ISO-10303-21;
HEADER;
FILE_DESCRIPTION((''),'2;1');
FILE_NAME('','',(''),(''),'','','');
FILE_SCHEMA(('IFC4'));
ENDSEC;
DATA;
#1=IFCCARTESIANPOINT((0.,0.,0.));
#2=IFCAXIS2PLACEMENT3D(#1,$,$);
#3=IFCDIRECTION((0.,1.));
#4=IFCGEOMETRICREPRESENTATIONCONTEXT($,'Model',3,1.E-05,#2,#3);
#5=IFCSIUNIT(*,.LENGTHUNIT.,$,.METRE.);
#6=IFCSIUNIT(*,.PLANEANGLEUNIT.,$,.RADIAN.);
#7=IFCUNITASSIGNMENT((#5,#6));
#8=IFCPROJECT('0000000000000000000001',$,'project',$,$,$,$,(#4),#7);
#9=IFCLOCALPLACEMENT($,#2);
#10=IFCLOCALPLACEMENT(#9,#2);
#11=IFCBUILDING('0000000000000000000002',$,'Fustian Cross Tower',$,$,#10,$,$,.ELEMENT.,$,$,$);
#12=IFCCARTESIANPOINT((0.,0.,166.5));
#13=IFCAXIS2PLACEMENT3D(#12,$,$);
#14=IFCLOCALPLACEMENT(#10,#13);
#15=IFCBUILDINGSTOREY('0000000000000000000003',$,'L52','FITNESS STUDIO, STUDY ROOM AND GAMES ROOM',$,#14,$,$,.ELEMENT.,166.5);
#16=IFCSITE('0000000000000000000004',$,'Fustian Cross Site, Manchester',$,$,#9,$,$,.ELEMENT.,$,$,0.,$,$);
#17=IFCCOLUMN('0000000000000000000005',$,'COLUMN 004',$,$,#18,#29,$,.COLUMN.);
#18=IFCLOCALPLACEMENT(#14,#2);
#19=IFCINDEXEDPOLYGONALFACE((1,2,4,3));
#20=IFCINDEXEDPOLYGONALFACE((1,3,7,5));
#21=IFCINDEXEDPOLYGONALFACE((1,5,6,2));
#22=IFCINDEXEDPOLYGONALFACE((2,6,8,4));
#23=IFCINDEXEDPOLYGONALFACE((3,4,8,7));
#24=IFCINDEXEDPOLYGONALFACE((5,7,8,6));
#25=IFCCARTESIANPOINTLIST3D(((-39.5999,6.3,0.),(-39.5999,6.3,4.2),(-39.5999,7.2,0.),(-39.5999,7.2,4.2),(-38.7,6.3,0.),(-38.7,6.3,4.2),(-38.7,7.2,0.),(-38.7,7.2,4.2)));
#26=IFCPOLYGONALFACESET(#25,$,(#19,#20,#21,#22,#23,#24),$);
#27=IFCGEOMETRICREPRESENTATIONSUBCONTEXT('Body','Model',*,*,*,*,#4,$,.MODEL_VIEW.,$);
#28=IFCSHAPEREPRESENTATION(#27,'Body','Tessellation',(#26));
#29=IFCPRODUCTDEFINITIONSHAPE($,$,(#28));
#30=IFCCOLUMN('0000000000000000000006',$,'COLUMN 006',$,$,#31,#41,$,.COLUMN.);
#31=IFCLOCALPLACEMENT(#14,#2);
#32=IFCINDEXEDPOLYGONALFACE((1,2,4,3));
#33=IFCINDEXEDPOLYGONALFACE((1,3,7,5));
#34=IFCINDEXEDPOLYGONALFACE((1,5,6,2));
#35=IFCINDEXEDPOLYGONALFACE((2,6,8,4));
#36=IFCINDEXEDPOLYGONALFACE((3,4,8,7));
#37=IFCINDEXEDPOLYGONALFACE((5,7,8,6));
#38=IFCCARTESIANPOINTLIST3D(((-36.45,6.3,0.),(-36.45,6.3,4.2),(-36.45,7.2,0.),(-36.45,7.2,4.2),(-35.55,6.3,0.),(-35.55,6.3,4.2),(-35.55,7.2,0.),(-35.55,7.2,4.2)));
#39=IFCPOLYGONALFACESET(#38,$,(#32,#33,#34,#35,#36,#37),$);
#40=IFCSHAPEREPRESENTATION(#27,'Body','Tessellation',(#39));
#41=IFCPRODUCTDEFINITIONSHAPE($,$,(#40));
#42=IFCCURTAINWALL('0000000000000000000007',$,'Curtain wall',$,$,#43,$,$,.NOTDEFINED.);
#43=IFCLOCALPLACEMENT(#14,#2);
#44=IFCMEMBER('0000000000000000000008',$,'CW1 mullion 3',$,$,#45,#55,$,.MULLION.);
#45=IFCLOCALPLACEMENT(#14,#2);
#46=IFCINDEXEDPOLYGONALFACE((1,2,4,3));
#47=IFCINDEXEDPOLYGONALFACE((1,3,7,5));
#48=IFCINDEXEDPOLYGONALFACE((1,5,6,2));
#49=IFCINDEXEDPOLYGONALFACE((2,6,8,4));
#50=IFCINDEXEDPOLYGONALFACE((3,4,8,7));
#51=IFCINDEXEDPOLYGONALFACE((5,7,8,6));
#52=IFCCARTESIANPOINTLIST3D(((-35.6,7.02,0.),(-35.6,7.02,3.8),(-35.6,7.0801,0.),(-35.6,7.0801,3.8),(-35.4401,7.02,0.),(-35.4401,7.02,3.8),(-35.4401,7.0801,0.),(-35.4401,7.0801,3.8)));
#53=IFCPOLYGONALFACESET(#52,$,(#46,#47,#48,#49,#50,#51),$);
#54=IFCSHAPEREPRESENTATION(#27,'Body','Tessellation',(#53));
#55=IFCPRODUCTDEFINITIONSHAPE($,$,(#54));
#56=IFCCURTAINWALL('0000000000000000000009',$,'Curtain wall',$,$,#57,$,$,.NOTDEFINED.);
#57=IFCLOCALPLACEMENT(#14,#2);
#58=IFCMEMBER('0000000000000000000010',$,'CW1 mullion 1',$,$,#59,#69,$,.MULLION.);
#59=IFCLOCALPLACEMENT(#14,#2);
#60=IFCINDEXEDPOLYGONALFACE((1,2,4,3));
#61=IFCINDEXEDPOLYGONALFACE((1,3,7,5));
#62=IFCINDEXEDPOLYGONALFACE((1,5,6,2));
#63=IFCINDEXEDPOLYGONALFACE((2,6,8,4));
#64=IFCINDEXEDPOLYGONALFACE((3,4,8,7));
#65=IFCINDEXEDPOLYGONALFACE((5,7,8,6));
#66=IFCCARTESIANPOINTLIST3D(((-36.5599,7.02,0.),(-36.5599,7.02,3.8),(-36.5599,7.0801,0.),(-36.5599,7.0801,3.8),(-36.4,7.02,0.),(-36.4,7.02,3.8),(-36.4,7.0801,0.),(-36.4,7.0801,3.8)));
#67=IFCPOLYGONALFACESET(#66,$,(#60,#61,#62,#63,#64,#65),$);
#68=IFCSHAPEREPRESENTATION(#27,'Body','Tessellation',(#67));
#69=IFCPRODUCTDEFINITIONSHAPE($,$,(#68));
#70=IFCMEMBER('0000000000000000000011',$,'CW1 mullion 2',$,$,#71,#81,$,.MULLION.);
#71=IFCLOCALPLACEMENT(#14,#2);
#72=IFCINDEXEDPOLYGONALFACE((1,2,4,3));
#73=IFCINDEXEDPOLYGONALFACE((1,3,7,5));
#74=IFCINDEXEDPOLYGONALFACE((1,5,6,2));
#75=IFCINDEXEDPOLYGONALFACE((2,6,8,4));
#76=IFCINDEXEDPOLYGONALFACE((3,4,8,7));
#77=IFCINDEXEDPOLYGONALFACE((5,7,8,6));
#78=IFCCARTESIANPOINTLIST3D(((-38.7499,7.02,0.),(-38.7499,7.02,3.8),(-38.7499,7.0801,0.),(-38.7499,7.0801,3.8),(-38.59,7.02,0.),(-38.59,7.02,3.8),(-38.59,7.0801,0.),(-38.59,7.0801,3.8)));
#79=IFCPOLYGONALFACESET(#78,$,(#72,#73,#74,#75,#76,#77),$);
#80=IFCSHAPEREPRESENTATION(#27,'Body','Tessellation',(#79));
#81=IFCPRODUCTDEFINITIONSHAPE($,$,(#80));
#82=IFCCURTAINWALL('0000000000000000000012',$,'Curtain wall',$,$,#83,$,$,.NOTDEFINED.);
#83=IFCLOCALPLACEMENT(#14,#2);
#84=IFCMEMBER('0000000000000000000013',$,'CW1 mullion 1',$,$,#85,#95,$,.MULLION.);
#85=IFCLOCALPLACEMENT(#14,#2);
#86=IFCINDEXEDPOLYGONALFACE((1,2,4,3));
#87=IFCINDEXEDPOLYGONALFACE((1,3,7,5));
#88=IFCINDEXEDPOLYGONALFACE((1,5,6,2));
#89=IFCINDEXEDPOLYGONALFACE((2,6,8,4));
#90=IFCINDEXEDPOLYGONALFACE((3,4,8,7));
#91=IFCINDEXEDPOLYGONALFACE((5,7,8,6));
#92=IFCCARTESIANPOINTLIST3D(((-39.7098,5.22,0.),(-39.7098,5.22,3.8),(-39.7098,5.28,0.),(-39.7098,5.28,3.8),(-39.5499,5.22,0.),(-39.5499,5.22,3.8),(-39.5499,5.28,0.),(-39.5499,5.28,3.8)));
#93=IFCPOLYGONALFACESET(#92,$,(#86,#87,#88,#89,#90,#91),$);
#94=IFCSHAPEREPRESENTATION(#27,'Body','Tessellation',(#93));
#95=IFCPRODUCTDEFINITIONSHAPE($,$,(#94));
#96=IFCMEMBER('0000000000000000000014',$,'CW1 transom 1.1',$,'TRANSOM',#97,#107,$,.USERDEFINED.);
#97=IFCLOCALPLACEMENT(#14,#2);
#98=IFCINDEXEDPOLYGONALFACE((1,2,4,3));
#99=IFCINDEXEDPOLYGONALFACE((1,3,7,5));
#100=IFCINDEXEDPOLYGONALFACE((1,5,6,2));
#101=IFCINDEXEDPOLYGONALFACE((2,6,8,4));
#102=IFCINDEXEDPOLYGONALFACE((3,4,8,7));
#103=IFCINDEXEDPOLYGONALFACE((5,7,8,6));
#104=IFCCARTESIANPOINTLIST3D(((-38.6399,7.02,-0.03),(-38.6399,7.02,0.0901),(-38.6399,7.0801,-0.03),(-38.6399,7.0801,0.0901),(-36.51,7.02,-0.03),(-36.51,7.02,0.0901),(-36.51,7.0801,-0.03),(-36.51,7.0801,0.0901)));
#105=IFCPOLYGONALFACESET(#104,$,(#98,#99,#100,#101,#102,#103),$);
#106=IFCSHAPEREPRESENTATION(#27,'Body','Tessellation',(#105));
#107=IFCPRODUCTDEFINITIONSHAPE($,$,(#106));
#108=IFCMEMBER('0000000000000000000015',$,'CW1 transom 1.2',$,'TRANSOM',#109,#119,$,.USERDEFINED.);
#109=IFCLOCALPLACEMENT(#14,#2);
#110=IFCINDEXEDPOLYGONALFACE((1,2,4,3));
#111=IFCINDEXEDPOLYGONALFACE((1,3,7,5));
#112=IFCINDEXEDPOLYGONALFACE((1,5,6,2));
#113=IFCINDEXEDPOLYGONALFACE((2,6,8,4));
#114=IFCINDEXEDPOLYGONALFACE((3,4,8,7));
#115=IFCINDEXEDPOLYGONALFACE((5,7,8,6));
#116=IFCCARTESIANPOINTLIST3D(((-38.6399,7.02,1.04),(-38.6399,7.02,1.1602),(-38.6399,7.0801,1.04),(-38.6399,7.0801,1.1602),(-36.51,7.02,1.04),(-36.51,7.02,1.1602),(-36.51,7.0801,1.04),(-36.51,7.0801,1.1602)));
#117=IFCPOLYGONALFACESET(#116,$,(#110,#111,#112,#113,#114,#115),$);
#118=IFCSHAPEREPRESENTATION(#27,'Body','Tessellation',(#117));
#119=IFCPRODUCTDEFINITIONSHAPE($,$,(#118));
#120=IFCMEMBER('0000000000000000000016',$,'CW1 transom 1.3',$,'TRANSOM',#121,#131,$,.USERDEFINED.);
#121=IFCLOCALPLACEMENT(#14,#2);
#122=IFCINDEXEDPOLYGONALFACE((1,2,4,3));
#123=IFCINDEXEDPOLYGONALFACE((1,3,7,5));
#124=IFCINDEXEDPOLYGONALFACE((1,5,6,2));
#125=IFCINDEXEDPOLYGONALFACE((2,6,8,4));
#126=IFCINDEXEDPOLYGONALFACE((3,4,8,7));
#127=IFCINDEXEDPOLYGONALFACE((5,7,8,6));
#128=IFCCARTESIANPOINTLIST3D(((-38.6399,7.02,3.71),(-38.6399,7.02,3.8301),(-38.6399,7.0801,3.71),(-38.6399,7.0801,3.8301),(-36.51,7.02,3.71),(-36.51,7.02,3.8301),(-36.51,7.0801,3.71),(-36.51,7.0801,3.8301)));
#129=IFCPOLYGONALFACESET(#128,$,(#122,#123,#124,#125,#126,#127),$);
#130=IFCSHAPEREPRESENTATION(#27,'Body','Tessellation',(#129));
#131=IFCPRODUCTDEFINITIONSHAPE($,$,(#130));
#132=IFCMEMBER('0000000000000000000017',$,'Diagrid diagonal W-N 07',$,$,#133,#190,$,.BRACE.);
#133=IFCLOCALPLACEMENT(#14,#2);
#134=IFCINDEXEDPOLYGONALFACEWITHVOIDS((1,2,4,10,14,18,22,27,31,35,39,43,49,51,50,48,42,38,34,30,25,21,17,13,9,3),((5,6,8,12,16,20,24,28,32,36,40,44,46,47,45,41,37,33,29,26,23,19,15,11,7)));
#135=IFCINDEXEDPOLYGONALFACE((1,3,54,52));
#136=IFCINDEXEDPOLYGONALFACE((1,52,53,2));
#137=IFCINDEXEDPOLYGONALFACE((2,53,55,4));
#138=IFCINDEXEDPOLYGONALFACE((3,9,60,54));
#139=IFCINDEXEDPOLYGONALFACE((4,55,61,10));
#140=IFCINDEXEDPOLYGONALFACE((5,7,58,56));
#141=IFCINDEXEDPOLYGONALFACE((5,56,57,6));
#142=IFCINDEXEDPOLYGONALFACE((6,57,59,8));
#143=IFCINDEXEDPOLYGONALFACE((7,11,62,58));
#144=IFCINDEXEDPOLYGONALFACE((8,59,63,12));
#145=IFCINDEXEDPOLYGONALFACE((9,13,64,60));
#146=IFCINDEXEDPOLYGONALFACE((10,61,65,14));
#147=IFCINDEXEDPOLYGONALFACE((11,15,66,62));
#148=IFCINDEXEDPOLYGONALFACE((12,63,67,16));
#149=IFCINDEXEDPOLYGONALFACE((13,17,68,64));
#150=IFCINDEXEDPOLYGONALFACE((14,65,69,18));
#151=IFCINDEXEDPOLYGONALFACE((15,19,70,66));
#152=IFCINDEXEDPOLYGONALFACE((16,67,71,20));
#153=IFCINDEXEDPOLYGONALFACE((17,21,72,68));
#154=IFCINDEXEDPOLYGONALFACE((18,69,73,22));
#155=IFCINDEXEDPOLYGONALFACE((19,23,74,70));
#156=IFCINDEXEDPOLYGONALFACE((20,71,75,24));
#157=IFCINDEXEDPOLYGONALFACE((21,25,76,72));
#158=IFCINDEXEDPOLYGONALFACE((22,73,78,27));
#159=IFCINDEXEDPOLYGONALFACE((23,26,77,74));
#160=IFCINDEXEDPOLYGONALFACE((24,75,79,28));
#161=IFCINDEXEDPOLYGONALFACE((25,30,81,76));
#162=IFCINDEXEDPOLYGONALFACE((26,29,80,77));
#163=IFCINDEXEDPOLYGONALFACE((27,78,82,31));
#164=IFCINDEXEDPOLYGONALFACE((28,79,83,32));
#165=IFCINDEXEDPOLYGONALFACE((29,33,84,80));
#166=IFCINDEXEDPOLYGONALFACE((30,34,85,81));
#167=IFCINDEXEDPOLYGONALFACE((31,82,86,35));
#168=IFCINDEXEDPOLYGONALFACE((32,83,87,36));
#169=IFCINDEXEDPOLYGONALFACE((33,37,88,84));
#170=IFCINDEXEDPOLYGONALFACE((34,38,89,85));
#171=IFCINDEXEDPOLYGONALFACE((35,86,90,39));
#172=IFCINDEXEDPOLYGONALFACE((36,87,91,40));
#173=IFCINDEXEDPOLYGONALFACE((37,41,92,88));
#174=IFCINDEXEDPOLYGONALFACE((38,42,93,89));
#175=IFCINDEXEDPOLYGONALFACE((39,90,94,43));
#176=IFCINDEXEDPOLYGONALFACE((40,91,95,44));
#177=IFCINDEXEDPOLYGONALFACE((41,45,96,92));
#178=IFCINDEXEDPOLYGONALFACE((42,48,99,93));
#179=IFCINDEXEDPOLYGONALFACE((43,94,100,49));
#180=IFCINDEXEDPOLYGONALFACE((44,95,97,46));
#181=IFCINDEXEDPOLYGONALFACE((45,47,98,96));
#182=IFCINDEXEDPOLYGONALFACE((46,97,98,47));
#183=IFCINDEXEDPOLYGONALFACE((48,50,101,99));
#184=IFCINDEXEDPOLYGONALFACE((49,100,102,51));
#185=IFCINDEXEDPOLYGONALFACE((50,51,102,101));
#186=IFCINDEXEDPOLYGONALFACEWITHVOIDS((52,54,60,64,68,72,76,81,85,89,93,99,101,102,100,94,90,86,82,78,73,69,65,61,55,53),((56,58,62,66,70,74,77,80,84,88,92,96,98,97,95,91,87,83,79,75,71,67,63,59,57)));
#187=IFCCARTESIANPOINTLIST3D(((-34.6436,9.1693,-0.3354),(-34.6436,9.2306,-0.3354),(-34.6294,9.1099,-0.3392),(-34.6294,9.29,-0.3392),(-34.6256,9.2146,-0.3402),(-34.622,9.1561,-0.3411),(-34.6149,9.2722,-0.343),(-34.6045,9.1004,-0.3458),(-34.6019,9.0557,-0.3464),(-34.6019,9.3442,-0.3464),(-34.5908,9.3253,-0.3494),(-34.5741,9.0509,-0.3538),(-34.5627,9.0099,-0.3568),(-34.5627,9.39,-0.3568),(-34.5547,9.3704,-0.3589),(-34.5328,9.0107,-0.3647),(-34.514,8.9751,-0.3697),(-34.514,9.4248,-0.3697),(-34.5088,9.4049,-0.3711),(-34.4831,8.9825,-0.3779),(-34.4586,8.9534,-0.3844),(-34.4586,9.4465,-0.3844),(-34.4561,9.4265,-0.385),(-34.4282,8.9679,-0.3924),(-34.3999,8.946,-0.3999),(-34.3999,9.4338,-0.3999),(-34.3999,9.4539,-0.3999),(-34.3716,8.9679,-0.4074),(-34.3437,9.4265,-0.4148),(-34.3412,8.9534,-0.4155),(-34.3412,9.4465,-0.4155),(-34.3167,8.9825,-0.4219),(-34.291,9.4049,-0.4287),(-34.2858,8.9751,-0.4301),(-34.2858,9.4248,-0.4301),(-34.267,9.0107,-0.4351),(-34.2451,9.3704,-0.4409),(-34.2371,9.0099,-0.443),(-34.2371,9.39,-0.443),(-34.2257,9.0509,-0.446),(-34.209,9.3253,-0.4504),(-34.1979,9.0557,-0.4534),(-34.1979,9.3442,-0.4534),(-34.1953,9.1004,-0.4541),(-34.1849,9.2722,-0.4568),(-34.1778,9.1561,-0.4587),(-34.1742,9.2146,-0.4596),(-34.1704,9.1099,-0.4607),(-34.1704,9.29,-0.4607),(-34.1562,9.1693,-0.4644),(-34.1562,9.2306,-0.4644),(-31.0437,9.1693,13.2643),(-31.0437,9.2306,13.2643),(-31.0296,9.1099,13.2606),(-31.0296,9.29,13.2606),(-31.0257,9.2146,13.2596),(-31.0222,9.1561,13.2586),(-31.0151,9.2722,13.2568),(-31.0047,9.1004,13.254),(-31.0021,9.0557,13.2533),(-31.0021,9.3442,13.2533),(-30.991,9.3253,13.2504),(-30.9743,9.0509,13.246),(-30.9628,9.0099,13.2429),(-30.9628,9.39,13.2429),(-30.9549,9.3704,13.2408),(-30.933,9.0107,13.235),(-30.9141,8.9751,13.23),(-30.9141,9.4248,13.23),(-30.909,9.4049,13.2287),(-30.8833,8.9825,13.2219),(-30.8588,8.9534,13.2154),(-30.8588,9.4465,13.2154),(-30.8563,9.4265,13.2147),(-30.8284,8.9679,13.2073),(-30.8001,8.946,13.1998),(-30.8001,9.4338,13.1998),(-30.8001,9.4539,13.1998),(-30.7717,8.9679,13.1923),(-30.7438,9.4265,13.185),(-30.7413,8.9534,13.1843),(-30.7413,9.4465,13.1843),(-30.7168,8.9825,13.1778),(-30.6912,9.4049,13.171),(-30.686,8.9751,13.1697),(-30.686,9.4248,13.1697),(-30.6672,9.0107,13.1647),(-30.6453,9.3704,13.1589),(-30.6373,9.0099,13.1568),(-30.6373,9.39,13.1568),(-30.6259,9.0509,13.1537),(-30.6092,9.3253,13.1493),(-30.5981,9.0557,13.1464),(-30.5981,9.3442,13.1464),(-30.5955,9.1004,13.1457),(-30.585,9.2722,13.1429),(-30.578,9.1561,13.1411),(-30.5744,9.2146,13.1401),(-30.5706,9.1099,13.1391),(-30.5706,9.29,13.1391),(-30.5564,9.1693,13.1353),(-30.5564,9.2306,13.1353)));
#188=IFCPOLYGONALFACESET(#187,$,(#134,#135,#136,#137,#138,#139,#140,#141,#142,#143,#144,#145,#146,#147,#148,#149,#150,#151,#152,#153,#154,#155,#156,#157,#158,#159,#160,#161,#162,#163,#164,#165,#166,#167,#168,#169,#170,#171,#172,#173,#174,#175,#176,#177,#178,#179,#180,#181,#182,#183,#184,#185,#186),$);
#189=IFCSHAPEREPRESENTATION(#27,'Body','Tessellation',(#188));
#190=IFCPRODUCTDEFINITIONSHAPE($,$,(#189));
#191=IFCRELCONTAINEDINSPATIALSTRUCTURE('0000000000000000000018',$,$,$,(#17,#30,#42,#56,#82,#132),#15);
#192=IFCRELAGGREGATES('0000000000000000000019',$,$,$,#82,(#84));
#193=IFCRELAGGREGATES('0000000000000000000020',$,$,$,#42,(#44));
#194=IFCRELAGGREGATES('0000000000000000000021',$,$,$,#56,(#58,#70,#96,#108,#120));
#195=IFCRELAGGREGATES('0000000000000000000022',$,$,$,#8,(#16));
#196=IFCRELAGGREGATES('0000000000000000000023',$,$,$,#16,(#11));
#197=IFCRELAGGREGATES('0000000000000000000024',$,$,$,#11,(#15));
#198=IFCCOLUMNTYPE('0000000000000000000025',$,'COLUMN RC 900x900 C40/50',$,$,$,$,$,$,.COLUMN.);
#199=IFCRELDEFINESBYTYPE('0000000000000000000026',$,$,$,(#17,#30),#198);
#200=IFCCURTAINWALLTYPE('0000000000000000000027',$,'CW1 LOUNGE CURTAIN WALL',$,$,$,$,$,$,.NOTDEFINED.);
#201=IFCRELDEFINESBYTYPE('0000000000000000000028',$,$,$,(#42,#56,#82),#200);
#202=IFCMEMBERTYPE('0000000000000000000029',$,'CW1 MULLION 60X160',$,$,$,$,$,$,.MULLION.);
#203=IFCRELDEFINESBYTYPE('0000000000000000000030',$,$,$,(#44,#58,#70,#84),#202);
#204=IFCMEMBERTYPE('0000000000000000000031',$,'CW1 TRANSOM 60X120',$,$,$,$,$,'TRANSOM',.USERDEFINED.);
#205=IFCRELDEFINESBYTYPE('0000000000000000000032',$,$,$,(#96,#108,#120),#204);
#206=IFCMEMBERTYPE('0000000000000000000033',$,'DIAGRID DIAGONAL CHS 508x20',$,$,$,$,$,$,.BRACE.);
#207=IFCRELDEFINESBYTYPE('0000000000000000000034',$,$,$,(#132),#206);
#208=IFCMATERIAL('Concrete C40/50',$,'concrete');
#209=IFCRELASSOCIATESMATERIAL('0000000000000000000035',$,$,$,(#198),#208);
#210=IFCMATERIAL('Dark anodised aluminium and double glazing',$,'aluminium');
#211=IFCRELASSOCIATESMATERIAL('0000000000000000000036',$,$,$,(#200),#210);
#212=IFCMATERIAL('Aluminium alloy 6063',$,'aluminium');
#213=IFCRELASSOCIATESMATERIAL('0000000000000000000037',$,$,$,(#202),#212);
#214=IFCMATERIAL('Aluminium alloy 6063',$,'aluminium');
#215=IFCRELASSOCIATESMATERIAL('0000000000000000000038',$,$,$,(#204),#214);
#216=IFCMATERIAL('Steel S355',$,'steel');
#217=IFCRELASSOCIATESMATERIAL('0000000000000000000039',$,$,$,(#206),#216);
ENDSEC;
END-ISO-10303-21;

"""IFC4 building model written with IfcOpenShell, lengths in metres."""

from ifc_helpers import new_model, si_unit, direction, frame, origin, origin_2d, place, context, subcontext, project, spatial, rectangle, hollow_circle, extrude, material, material_profile, profile_set, type_object, element, aggregate, save


model = new_model("IFC4")

# Units and contexts
model_context = context("Model", 3, precision=1e-05, world=origin(), true_north=direction((0.0, 1.0)))
body_context = subcontext(model_context, "Body", "Model", "MODEL_VIEW")
ifc_project = project(units=[si_unit("LENGTHUNIT", "METRE"), si_unit("PLANEANGLEUNIT", "RADIAN")], contexts=[model_context])

# Site, building, storey
site_placement = place(None, origin())
site = spatial("IfcSite", under=ifc_project, at=site_placement, Name="Fustian Cross Site, Manchester", CompositionType="ELEMENT", RefElevation=0.0)
building_placement = place(site_placement, origin())
building = spatial("IfcBuilding", under=site, at=building_placement, Name="Fustian Cross Tower", CompositionType="ELEMENT")
storey_placement = place(building_placement, frame((0.0, 0.0, 166.5)))
storey = spatial("IfcBuildingStorey", under=building, at=storey_placement, Name="L52", Description="FITNESS STUDIO, STUDY ROOM AND GAMES ROOM", CompositionType="ELEMENT", Elevation=166.5)

# Columns
ifc_material_1 = material(Name="Concrete C40/50", Category="concrete")
ifc_material_profile_1 = material_profile(ifc_material_1, rectangle(XDim=0.8999, YDim=0.8999, at=origin_2d()), Name="RC 900x900")
ifc_profile_set_1 = profile_set([ifc_material_profile_1], Name="Concrete C40/50")
column_type = type_object("IfcColumnType", Name="COLUMN RC 900x900 C40/50", PredefinedType="COLUMN", material=ifc_profile_set_1)
for number, where, z_axis, x_axis, name in (
    (1, (-39.1499, 6.75, 0.0), (0.0, 0.0, 1.0), (1.0, 0.0, 0.0), "COLUMN 004"),
    (2, (-36.0, 6.75, 0.0), (0.0, 0.0, 1.0), (1.0, 0.0, 0.0), "COLUMN 006"),
):
    element("IfcColumn", number, at=place(storey_placement, frame(where, z_axis=z_axis, x_axis=x_axis)), inside=storey, type_object=column_type, Name=name, PredefinedType="COLUMN", context=body_context, shape_type="SweptSolid", body=[
        extrude(rectangle(XDim=0.8999, YDim=0.8999, at=origin_2d()), origin(), (0.0, 0.0, 1.0), 4.2),
    ])

# Curtain wall, member
ifc_material_2 = material(Name="Dark anodised aluminium and double glazing", Category="aluminium")
curtain_wall_type = type_object("IfcCurtainWallType", Name="CW1 LOUNGE CURTAIN WALL", PredefinedType="NOTDEFINED", material=ifc_material_2)
curtain_wall_1_placement = place(storey_placement, origin())
curtain_wall_1 = element("IfcCurtainWall", 3, at=curtain_wall_1_placement, inside=storey, type_object=curtain_wall_type, Name="Curtain wall", PredefinedType="NOTDEFINED")
ifc_material_3 = material(Name="Aluminium alloy 6063", Category="aluminium")
ifc_material_profile_2 = material_profile(ifc_material_3, rectangle(XDim=0.0601, YDim=0.1599, at=origin_2d()), Name="CW1 MULLION 60X160")
ifc_profile_set_2 = profile_set([ifc_material_profile_2], Name="Aluminium alloy 6063")
member_type_1 = type_object("IfcMemberType", Name="CW1 MULLION 60X160", PredefinedType="MULLION", material=ifc_profile_set_2)
member_1_placement = place(storey_placement, frame((-35.52, 7.05, 0.0), z_axis=(0.0, 0.0, 1.0), x_axis=(0.0, -1.0, 0.0)))
member_1 = element("IfcMember", 4, at=member_1_placement, type_object=member_type_1, Name="CW1 mullion 3", PredefinedType="MULLION", context=body_context, shape_type="SweptSolid", body=[
    extrude(rectangle(XDim=0.0601, YDim=0.1599, at=origin_2d()), origin(), (0.0, 0.0, 1.0), 3.8),
])

# Curtain wall, members
curtain_wall_2_placement = place(storey_placement, origin())
curtain_wall_2 = element("IfcCurtainWall", 5, at=curtain_wall_2_placement, inside=storey, type_object=curtain_wall_type, Name="Curtain wall", PredefinedType="NOTDEFINED")
member_2_placement = place(storey_placement, frame((-36.48, 7.05, 0.0), z_axis=(0.0, 0.0, 1.0), x_axis=(0.0, -1.0, 0.0)))
member_2 = element("IfcMember", 6, at=member_2_placement, type_object=member_type_1, Name="CW1 mullion 1", PredefinedType="MULLION", context=body_context, shape_type="SweptSolid", body=[
    extrude(rectangle(XDim=0.0601, YDim=0.1599, at=origin_2d()), origin(), (0.0, 0.0, 1.0), 3.8),
])
member_3_placement = place(storey_placement, frame((-38.6699, 7.05, 0.0), z_axis=(0.0, 0.0, 1.0), x_axis=(0.0, -1.0, 0.0)))
member_3 = element("IfcMember", 7, at=member_3_placement, type_object=member_type_1, Name="CW1 mullion 2", PredefinedType="MULLION", context=body_context, shape_type="SweptSolid", body=[
    extrude(rectangle(XDim=0.0601, YDim=0.1599, at=origin_2d()), origin(), (0.0, 0.0, 1.0), 3.8),
])

# Curtain wall, member
curtain_wall_3_placement = place(storey_placement, origin())
curtain_wall_3 = element("IfcCurtainWall", 8, at=curtain_wall_3_placement, inside=storey, type_object=curtain_wall_type, Name="Curtain wall", PredefinedType="NOTDEFINED")
member_4_placement = place(storey_placement, frame((-39.6299, 5.25, 0.0), z_axis=(0.0, 0.0, 1.0), x_axis=(0.0, -1.0, 0.0)))
member_4 = element("IfcMember", 9, at=member_4_placement, type_object=member_type_1, Name="CW1 mullion 1", PredefinedType="MULLION", context=body_context, shape_type="SweptSolid", body=[
    extrude(rectangle(XDim=0.0601, YDim=0.1599, at=origin_2d()), origin(), (0.0, 0.0, 1.0), 3.8),
])
aggregate(curtain_wall_3, [member_4])

# Members
ifc_material_4 = material(Name="Aluminium alloy 6063", Category="aluminium")
ifc_material_profile_3 = material_profile(ifc_material_4, rectangle(XDim=0.0601, YDim=0.1201, at=origin_2d()), Name="CW1 TRANSOM 60X120")
ifc_profile_set_3 = profile_set([ifc_material_profile_3], Name="Aluminium alloy 6063")
member_type_2 = type_object("IfcMemberType", Name="CW1 TRANSOM 60X120", ElementType="TRANSOM", PredefinedType="USERDEFINED", material=ifc_profile_set_3)
member_5_placement = place(storey_placement, frame((-36.51, 7.05, 0.03), z_axis=(-1.0, 0.0, 0.0), x_axis=(0.0, -1.0, 0.0)))
member_5 = element("IfcMember", 10, at=member_5_placement, type_object=member_type_2, Name="CW1 transom 1.1", ObjectType="TRANSOM", PredefinedType="USERDEFINED", context=body_context, shape_type="SweptSolid", body=[
    extrude(rectangle(XDim=0.0601, YDim=0.1201, at=origin_2d()), origin(), (0.0, 0.0, 1.0), 2.1299),
])
member_6_placement = place(storey_placement, frame((-36.51, 7.05, 1.1001), z_axis=(-1.0, 0.0, 0.0), x_axis=(0.0, -1.0, 0.0)))
member_6 = element("IfcMember", 11, at=member_6_placement, type_object=member_type_2, Name="CW1 transom 1.2", ObjectType="TRANSOM", PredefinedType="USERDEFINED", context=body_context, shape_type="SweptSolid", body=[
    extrude(rectangle(XDim=0.0601, YDim=0.1201, at=origin_2d()), origin(), (0.0, 0.0, 1.0), 2.1299),
])
member_7_placement = place(storey_placement, frame((-36.51, 7.05, 3.77), z_axis=(-1.0, 0.0, 0.0), x_axis=(0.0, -1.0, 0.0)))
member_7 = element("IfcMember", 12, at=member_7_placement, type_object=member_type_2, Name="CW1 transom 1.3", ObjectType="TRANSOM", PredefinedType="USERDEFINED", context=body_context, shape_type="SweptSolid", body=[
    extrude(rectangle(XDim=0.0601, YDim=0.1201, at=origin_2d()), origin(), (0.0, 0.0, 1.0), 2.1299),
])

# Member
ifc_material_5 = material(Name="Steel S355", Category="steel")
ifc_material_profile_4 = material_profile(ifc_material_5, hollow_circle(Radius=0.2539, WallThickness=0.02, at=origin_2d()), Name="CHS 508x20")
ifc_profile_set_4 = profile_set([ifc_material_profile_4], Name="Steel S355")
member_type_3 = type_object("IfcMemberType", Name="DIAGRID DIAGONAL CHS 508x20", PredefinedType="BRACE", material=ifc_profile_set_4)
member_8_placement = place(storey_placement, frame((-34.3999, 9.2, -0.3999), z_axis=(0.255885, 0.0, 0.966707), x_axis=(0.0, 1.0, 0.0)))
element("IfcMember", 13, at=member_8_placement, inside=storey, type_object=member_type_3, Name="Diagrid diagonal W-N 07", PredefinedType="BRACE", context=body_context, shape_type="SweptSolid", body=[
    extrude(hollow_circle(Radius=0.2539, WallThickness=0.02, at=origin_2d()), origin(), (0.0, 0.0, 1.0), 14.0681),
])

aggregate(curtain_wall_1, [member_1])
aggregate(curtain_wall_2, [member_2, member_3, member_5, member_6, member_7])

save(model, "model.ifc")
